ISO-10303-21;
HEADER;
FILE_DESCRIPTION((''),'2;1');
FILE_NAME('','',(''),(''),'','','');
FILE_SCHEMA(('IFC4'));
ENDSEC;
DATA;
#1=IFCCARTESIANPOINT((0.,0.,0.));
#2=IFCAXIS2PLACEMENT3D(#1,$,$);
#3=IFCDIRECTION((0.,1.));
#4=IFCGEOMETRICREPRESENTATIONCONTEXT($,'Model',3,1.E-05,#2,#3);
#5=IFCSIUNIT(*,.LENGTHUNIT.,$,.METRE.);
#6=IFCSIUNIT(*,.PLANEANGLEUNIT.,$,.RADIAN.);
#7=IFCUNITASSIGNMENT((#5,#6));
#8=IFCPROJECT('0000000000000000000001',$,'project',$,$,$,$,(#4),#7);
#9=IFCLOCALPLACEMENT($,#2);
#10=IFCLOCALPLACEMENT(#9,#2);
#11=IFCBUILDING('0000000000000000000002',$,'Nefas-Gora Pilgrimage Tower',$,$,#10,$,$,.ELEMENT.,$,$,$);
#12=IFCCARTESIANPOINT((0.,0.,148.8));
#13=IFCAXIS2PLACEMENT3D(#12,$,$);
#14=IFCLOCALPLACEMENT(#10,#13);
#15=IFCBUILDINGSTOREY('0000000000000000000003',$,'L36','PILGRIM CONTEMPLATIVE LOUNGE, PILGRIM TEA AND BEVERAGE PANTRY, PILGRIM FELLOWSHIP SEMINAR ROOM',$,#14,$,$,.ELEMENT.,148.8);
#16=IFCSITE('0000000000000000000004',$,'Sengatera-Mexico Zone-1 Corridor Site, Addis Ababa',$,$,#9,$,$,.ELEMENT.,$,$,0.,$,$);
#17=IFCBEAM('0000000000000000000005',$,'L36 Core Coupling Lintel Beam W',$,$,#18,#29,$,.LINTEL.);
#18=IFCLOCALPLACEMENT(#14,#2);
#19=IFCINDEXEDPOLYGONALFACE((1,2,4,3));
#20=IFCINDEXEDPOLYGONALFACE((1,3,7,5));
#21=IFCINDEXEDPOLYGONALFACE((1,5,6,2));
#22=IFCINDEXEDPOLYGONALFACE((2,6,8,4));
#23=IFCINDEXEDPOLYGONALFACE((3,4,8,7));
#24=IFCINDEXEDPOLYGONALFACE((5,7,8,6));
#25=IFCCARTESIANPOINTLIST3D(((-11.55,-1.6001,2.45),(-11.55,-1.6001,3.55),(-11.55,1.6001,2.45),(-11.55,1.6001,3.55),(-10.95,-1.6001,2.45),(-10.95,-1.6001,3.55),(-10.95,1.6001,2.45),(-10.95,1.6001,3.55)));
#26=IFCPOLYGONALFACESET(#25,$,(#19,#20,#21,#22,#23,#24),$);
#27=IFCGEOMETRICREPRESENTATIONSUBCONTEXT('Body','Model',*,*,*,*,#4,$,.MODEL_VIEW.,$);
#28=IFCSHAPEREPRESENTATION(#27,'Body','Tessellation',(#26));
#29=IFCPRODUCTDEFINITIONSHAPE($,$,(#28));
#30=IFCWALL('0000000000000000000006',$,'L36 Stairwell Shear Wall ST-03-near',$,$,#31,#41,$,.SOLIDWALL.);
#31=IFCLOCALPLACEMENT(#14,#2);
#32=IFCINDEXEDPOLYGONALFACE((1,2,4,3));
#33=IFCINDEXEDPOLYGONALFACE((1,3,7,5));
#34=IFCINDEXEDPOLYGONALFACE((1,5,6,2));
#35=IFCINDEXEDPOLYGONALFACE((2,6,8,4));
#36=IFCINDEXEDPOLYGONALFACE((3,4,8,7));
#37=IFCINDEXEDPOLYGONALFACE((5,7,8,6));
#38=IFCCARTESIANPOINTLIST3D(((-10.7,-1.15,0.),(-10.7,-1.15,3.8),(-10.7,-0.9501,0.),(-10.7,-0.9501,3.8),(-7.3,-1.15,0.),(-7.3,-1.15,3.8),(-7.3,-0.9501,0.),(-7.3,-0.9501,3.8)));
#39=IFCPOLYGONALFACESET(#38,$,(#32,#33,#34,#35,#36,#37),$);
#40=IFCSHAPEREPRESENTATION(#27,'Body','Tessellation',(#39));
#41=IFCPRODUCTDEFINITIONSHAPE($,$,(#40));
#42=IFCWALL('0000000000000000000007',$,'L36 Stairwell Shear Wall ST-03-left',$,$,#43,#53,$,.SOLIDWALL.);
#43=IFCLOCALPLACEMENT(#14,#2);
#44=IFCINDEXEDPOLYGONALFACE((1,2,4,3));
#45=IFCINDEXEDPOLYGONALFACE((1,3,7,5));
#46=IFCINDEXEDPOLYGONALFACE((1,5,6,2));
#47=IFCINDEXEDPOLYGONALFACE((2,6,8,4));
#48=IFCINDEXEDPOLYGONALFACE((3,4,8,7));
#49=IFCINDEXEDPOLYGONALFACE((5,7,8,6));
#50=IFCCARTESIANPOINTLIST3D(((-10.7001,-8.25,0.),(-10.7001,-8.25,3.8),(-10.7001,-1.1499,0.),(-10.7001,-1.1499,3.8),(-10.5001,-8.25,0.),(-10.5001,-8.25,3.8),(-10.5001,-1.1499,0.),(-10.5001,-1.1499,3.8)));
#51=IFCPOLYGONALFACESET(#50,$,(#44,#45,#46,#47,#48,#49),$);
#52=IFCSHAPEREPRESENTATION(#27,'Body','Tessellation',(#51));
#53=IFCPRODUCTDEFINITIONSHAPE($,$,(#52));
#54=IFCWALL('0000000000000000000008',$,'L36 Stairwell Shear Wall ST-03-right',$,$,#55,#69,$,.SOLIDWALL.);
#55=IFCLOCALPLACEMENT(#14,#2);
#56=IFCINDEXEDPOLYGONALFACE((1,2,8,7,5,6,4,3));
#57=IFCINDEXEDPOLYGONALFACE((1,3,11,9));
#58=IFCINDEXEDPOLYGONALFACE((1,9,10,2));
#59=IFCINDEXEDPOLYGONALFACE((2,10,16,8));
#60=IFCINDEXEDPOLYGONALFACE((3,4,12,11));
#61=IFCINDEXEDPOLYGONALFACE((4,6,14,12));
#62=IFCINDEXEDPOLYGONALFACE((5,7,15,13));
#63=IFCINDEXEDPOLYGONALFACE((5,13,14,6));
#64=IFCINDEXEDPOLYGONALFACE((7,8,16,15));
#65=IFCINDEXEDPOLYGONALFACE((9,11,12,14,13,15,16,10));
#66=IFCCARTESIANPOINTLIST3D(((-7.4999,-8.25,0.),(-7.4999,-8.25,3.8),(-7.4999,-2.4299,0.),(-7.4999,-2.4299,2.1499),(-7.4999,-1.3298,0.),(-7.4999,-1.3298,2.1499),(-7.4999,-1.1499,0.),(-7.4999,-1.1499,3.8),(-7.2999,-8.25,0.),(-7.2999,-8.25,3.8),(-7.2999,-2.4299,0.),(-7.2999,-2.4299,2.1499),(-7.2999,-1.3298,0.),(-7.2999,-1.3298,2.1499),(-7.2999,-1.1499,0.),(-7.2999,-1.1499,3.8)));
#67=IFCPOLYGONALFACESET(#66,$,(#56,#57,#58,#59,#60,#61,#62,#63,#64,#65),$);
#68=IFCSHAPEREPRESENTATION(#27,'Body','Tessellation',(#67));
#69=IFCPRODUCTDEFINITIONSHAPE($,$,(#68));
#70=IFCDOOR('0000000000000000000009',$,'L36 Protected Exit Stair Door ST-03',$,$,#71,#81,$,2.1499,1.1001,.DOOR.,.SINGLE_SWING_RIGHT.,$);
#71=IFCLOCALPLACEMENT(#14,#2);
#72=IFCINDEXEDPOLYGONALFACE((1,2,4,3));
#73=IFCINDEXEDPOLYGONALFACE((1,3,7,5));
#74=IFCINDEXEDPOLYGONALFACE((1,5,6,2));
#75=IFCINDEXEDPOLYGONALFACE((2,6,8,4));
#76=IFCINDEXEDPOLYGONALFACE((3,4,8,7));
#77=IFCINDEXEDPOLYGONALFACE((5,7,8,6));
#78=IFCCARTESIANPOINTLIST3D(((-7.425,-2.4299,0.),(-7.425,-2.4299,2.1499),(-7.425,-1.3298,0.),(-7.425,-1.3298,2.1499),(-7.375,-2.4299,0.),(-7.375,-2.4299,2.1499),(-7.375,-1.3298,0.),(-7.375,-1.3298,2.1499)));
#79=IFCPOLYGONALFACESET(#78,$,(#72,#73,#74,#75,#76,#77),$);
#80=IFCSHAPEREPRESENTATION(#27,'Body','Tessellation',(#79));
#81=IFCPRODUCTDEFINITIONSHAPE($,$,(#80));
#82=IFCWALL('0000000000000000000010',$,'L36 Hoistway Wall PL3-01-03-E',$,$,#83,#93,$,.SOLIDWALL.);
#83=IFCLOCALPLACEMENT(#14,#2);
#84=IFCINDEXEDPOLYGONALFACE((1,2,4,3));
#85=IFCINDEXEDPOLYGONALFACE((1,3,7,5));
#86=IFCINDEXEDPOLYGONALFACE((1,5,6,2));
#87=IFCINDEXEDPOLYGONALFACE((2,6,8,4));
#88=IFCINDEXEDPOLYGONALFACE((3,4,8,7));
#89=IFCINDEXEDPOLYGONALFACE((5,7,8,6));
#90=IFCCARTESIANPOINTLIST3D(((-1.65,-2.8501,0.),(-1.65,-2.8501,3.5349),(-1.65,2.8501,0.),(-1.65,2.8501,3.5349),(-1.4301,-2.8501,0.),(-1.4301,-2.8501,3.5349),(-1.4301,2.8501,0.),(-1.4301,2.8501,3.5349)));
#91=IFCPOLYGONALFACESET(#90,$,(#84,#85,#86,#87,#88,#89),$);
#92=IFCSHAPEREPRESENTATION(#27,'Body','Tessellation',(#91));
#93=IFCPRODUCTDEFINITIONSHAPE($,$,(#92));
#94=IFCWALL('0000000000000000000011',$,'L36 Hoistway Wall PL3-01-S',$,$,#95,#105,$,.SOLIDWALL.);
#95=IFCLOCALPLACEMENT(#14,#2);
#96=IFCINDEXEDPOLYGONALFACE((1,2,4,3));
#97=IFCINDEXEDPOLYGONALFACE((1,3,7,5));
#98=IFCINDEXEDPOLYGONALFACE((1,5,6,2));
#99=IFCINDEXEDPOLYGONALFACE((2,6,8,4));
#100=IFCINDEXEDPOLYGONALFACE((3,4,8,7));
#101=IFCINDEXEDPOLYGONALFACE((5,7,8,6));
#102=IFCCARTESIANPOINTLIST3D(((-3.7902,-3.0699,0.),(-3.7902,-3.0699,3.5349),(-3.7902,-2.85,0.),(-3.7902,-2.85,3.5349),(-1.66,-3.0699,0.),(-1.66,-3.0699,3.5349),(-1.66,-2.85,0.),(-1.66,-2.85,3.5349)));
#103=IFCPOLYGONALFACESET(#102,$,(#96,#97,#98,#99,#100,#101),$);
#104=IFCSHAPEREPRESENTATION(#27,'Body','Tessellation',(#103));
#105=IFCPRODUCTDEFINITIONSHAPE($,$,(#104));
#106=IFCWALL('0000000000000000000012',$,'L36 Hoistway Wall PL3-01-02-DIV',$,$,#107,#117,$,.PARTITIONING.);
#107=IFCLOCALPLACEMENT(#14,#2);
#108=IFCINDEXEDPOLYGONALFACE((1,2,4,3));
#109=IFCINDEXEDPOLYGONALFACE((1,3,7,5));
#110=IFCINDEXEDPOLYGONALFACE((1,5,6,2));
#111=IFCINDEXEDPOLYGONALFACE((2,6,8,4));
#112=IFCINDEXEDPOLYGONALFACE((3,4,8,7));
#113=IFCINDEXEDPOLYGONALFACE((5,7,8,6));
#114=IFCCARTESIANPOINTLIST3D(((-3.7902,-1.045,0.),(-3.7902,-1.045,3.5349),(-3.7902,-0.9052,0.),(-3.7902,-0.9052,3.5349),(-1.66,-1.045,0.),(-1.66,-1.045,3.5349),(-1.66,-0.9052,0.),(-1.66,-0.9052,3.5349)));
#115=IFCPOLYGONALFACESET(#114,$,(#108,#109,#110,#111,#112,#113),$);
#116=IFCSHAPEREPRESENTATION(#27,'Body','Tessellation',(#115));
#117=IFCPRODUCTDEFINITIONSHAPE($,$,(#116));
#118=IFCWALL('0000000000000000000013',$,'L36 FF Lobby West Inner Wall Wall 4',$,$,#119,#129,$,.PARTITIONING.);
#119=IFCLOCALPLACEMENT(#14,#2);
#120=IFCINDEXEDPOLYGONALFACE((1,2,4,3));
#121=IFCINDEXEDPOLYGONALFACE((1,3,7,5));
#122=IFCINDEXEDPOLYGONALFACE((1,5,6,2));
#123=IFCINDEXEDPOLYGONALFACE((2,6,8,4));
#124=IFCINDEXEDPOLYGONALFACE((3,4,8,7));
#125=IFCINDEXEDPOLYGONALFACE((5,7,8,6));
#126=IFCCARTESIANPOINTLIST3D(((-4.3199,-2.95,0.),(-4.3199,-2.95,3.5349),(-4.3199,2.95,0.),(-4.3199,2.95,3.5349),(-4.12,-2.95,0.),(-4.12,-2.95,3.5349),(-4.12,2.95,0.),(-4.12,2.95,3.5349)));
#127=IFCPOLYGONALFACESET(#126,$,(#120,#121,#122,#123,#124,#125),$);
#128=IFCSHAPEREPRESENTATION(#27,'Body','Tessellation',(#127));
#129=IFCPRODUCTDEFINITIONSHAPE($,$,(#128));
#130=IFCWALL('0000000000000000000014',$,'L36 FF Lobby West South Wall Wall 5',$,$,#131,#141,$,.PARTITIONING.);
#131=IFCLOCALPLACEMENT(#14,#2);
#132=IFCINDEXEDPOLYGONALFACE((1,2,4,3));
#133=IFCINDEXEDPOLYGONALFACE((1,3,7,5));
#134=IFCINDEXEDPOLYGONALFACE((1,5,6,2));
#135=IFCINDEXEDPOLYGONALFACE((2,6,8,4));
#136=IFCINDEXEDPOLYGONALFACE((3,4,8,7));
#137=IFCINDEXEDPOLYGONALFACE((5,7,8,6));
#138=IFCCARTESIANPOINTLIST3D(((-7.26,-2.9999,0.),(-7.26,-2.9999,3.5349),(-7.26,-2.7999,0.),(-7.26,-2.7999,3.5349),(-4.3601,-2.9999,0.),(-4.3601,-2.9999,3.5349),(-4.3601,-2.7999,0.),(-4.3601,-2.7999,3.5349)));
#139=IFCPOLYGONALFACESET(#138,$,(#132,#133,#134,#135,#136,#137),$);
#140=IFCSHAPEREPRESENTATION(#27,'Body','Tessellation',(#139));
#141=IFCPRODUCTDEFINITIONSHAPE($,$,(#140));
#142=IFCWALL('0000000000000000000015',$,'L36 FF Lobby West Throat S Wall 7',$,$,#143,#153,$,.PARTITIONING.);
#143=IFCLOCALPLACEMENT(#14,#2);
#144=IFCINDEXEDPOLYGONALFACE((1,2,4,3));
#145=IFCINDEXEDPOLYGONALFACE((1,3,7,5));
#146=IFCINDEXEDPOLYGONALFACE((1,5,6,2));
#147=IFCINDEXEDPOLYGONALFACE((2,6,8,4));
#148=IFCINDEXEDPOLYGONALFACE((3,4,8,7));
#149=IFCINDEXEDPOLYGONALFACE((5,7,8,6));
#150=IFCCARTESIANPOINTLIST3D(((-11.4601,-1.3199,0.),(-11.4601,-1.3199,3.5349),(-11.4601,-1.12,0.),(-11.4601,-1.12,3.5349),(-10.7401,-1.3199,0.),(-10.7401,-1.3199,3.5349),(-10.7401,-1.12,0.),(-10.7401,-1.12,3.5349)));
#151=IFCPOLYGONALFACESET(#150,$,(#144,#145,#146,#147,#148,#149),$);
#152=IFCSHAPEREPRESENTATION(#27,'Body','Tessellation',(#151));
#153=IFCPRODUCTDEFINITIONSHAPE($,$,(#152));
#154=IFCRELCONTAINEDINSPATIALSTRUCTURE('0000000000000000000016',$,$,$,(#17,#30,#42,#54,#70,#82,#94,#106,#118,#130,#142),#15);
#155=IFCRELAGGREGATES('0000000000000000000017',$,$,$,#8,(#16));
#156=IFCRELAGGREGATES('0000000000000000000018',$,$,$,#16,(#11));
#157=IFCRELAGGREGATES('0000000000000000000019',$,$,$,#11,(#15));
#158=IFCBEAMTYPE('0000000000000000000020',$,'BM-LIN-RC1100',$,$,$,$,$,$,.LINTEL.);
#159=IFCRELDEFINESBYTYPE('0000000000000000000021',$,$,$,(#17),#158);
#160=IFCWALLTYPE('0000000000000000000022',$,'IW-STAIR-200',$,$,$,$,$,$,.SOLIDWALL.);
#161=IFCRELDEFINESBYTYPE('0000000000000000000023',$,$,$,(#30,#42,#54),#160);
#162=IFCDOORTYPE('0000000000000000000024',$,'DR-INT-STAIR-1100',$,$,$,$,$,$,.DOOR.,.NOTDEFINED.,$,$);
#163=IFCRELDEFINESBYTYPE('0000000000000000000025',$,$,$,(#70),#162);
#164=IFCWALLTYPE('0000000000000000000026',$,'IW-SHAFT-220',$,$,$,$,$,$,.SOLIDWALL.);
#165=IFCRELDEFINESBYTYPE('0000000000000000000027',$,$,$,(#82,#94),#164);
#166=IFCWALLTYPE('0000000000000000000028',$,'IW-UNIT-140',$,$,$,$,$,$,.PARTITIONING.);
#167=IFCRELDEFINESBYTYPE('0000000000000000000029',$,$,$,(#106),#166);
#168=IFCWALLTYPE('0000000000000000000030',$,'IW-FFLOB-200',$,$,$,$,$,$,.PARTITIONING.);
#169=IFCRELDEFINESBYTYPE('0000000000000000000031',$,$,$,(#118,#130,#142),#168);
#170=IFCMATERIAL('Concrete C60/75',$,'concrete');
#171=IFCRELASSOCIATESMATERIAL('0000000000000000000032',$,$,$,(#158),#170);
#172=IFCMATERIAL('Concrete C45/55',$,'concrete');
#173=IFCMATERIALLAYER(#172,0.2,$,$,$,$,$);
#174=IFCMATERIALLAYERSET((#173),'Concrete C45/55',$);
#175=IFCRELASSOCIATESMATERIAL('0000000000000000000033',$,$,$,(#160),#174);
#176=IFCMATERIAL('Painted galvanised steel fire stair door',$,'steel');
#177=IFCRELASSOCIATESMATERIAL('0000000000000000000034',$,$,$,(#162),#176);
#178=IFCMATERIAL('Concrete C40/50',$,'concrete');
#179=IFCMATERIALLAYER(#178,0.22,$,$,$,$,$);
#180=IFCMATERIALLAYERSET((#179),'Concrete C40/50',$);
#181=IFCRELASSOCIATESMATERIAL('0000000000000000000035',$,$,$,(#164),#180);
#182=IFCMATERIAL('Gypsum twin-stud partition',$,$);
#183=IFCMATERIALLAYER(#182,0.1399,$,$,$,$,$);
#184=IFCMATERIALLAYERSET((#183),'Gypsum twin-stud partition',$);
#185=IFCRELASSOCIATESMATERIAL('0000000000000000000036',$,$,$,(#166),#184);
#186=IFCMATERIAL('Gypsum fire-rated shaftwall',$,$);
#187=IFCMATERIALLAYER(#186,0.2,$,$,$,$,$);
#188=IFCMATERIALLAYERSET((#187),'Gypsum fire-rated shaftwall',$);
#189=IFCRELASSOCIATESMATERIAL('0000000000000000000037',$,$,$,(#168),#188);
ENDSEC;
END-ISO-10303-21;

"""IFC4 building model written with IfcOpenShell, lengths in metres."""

from ifc_helpers import new_model, si_unit, direction, frame, frame_2d, origin, origin_2d, place, context, subcontext, project, spatial, rectangle, extrude, source, transform, mapped, material, layer, layer_set, material_profile, profile_set, type_object, element, fill, save


model = new_model("IFC4")

# Units and contexts
model_context = context("Model", 3, precision=1e-05, world=origin(), true_north=direction((0.0, 1.0)))
body_context = subcontext(model_context, "Body", "Model", "MODEL_VIEW")
ifc_project = project(units=[si_unit("LENGTHUNIT", "METRE"), si_unit("PLANEANGLEUNIT", "RADIAN")], contexts=[model_context])

# Site, building, storey
site_placement = place(None, origin())
site = spatial("IfcSite", under=ifc_project, at=site_placement, Name="Sengatera-Mexico Zone-1 Corridor Site, Addis Ababa", CompositionType="ELEMENT", RefElevation=0.0)
building_placement = place(site_placement, origin())
building = spatial("IfcBuilding", under=site, at=building_placement, Name="Nefas-Gora Pilgrimage Tower", CompositionType="ELEMENT")
storey_placement = place(building_placement, frame((0.0, 0.0, 148.8)))
storey = spatial("IfcBuildingStorey", under=building, at=storey_placement, Name="L36", Description="PILGRIM CONTEMPLATIVE LOUNGE, PILGRIM TEA AND BEVERAGE PANTRY, PILGRIM FELLOWSHIP SEMINAR ROOM", CompositionType="ELEMENT", Elevation=148.8)

# Beam
ifc_material_1 = material(Name="Concrete C60/75", Category="concrete")
ifc_material_profile = material_profile(ifc_material_1, rectangle(XDim=0.6001, YDim=1.1001, at=origin_2d()), Name="RC 600x1100")
ifc_profile_set = profile_set([ifc_material_profile], Name="Concrete C60/75")
beam_type = type_object("IfcBeamType", Name="BM-LIN-RC1100", PredefinedType="LINTEL", material=ifc_profile_set)
shared_shape_1 = source(origin(), body_context, "Body", "SweptSolid", [
    extrude(rectangle(XDim=0.6001, YDim=1.1001, at=origin_2d()), origin(), (0.0, 0.0, 1.0), 3.2002),
])
beam_placement = place(storey_placement, frame((-11.25, -1.6001, 3.0), z_axis=(0.0, 1.0, 0.0), x_axis=(-1.0, 0.0, 0.0)))
element("IfcBeam", 1, at=beam_placement, inside=storey, type_object=beam_type, Name="L36 Core Coupling Lintel Beam W", PredefinedType="LINTEL", context=body_context, shape_type="MappedRepresentation", body=[
    mapped(shared_shape_1, transform((0.0, 0.0, 0.0), x_axis=(1.0, 0.0, 0.0), y_axis=(0.0, 1.0, 0.0), z_axis=(0.0, 0.0, 1.0), scale=1.0)),
])

# Walls
ifc_material_2 = material(Name="Concrete C45/55", Category="concrete")
ifc_layer_1 = layer(ifc_material_2, 0.2)
ifc_layer_set_1 = layer_set([ifc_layer_1], Name="Concrete C45/55")
wall_type_1 = type_object("IfcWallType", Name="IW-STAIR-200", PredefinedType="SOLIDWALL", material=ifc_layer_set_1)
shared_shape_2 = source(origin(), body_context, "Body", "SweptSolid", [
    extrude(rectangle(XDim=3.3999, YDim=0.2, at=frame_2d((1.7, 0.0))), origin(), (0.0, 0.0, 1.0), 3.8),
])
wall_1_placement = place(storey_placement, frame((-10.7, -1.05, 0.0), z_axis=(0.0, 0.0, 1.0), x_axis=(1.0, 0.0, 0.0)))
element("IfcWall", 2, at=wall_1_placement, inside=storey, type_object=wall_type_1, Name="L36 Stairwell Shear Wall ST-03-near", PredefinedType="SOLIDWALL", context=body_context, shape_type="MappedRepresentation", body=[
    mapped(shared_shape_2, transform((0.0, 0.0, 0.0), x_axis=(1.0, 0.0, 0.0), y_axis=(0.0, 1.0, 0.0), z_axis=(0.0, 0.0, 1.0), scale=1.0)),
])
shared_shape_3 = source(origin(), body_context, "Body", "SweptSolid", [
    extrude(rectangle(XDim=7.1001, YDim=0.2, at=frame_2d((3.55, 0.0))), origin(), (0.0, 0.0, 1.0), 3.8),
])
wall_2_placement = place(storey_placement, frame((-10.6001, -1.1499, 0.0), z_axis=(0.0, 0.0, 1.0), x_axis=(0.0, -1.0, 0.0)))
element("IfcWall", 3, at=wall_2_placement, inside=storey, type_object=wall_type_1, Name="L36 Stairwell Shear Wall ST-03-left", PredefinedType="SOLIDWALL", context=body_context, shape_type="MappedRepresentation", body=[
    mapped(shared_shape_3, transform((0.0, 0.0, 0.0), x_axis=(1.0, 0.0, 0.0), y_axis=(0.0, 1.0, 0.0), z_axis=(0.0, 0.0, 1.0), scale=1.0)),
])

# Wall, opening, door
wall_3_placement = place(storey_placement, frame((-7.3999, -1.1499, 0.0), z_axis=(0.0, 0.0, 1.0), x_axis=(0.0, -1.0, 0.0)))
wall_3 = element("IfcWall", 4, at=wall_3_placement, inside=storey, type_object=wall_type_1, Name="L36 Stairwell Shear Wall ST-03-right", PredefinedType="SOLIDWALL", context=body_context, shape_type="MappedRepresentation", body=[
    mapped(shared_shape_3, transform((0.0, 0.0, 0.0), x_axis=(1.0, 0.0, 0.0), y_axis=(0.0, 1.0, 0.0), z_axis=(0.0, 0.0, 1.0), scale=1.0)),
])
opening_placement = place(wall_3_placement, frame((0.1799, 0.0, 0.0)))
opening = element("IfcOpeningElement", 5, at=opening_placement, cuts=wall_3, PredefinedType="OPENING", context=body_context, shape_type="SweptSolid", body=[
    extrude(rectangle(XDim=1.1001, YDim=2.1499, at=frame_2d((0.55, 1.075))), frame((0.0, 0.1099, 0.0), z_axis=(0.0, -1.0, 0.0), x_axis=(1.0, 0.0, 0.0)), (0.0, 0.0, 1.0), 0.22),
])
ifc_material_3 = material(Name="Painted galvanised steel fire stair door", Category="steel")
door_type = type_object("IfcDoorType", Name="DR-INT-STAIR-1100", OperationType="NOTDEFINED", PredefinedType="DOOR", material=ifc_material_3)
shared_shape_4 = source(origin(), body_context, "Body", "SweptSolid", [
    extrude(rectangle(XDim=1.1001, YDim=2.1499, at=frame_2d((0.55, 1.075))), frame((0.0, 0.0249, 0.0), z_axis=(0.0, -1.0, 0.0), x_axis=(1.0, 0.0, 0.0)), (0.0, 0.0, 1.0), 0.05),
])
door_placement = place(opening_placement, origin())
door = element("IfcDoor", 6, at=door_placement, inside=storey, type_object=door_type, Name="L36 Protected Exit Stair Door ST-03", OperationType="SINGLE_SWING_RIGHT", OverallHeight=2.1499, OverallWidth=1.1001, PredefinedType="DOOR", context=body_context, shape_type="MappedRepresentation", body=[
    mapped(shared_shape_4, transform((0.0, 0.0, 0.0), x_axis=(1.0, 0.0, 0.0), y_axis=(0.0, 1.0, 0.0), z_axis=(0.0, 0.0, 1.0), scale=1.0)),
])
fill(opening, door)

# Walls
ifc_material_4 = material(Name="Concrete C40/50", Category="concrete")
ifc_layer_2 = layer(ifc_material_4, 0.22)
ifc_layer_set_2 = layer_set([ifc_layer_2], Name="Concrete C40/50")
wall_type_2 = type_object("IfcWallType", Name="IW-SHAFT-220", PredefinedType="SOLIDWALL", material=ifc_layer_set_2)
shared_shape_5 = source(origin(), body_context, "Body", "SweptSolid", [
    extrude(rectangle(XDim=5.7002, YDim=0.22, at=frame_2d((2.8501, 0.0))), origin(), (0.0, 0.0, 1.0), 3.5349),
])
wall_4_placement = place(storey_placement, frame((-1.54, -2.8501, 0.0), z_axis=(0.0, 0.0, 1.0), x_axis=(0.0, 1.0, 0.0)))
element("IfcWall", 7, at=wall_4_placement, inside=storey, type_object=wall_type_2, Name="L36 Hoistway Wall PL3-01-03-E", PredefinedType="SOLIDWALL", context=body_context, shape_type="MappedRepresentation", body=[
    mapped(shared_shape_5, transform((0.0, 0.0, 0.0), x_axis=(1.0, 0.0, 0.0), y_axis=(0.0, 1.0, 0.0), z_axis=(0.0, 0.0, 1.0), scale=1.0)),
])
shared_shape_6 = source(origin(), body_context, "Body", "SweptSolid", [
    extrude(rectangle(XDim=2.1301, YDim=0.22, at=frame_2d((1.0649, 0.0))), origin(), (0.0, 0.0, 1.0), 3.5349),
])
wall_5_placement = place(storey_placement, frame((-3.79, -2.96, 0.0), z_axis=(0.0, 0.0, 1.0), x_axis=(1.0, 0.0, 0.0)))
element("IfcWall", 8, at=wall_5_placement, inside=storey, type_object=wall_type_2, Name="L36 Hoistway Wall PL3-01-S", PredefinedType="SOLIDWALL", context=body_context, shape_type="MappedRepresentation", body=[
    mapped(shared_shape_6, transform((0.0, 0.0, 0.0), x_axis=(1.0, 0.0, 0.0), y_axis=(0.0, 1.0, 0.0), z_axis=(0.0, 0.0, 1.0), scale=1.0)),
])
ifc_material_5 = material(Name="Gypsum twin-stud partition")
ifc_layer_3 = layer(ifc_material_5, 0.1399)
ifc_layer_set_3 = layer_set([ifc_layer_3], Name="Gypsum twin-stud partition")
wall_type_3 = type_object("IfcWallType", Name="IW-UNIT-140", PredefinedType="PARTITIONING", material=ifc_layer_set_3)
shared_shape_7 = source(origin(), body_context, "Body", "SweptSolid", [
    extrude(rectangle(XDim=2.1301, YDim=0.1399, at=frame_2d((1.0649, 0.0))), origin(), (0.0, 0.0, 1.0), 3.5349),
])
wall_6_placement = place(storey_placement, frame((-3.79, -0.9751, 0.0), z_axis=(0.0, 0.0, 1.0), x_axis=(1.0, 0.0, 0.0)))
element("IfcWall", 9, at=wall_6_placement, inside=storey, type_object=wall_type_3, Name="L36 Hoistway Wall PL3-01-02-DIV", PredefinedType="PARTITIONING", context=body_context, shape_type="MappedRepresentation", body=[
    mapped(shared_shape_7, transform((0.0, 0.0, 0.0), x_axis=(1.0, 0.0, 0.0), y_axis=(0.0, 1.0, 0.0), z_axis=(0.0, 0.0, 1.0), scale=1.0)),
])
ifc_material_6 = material(Name="Gypsum fire-rated shaftwall")
ifc_layer_4 = layer(ifc_material_6, 0.2)
ifc_layer_set_4 = layer_set([ifc_layer_4], Name="Gypsum fire-rated shaftwall")
wall_type_4 = type_object("IfcWallType", Name="IW-FFLOB-200", PredefinedType="PARTITIONING", material=ifc_layer_set_4)
shared_shape_8 = source(origin(), body_context, "Body", "SweptSolid", [
    extrude(rectangle(XDim=5.8999, YDim=0.2, at=frame_2d((2.95, 0.0))), origin(), (0.0, 0.0, 1.0), 3.5349),
])
wall_7_placement = place(storey_placement, frame((-4.22, -2.95, 0.0), z_axis=(0.0, 0.0, 1.0), x_axis=(0.0, 1.0, 0.0)))
element("IfcWall", 10, at=wall_7_placement, inside=storey, type_object=wall_type_4, Name="L36 FF Lobby West Inner Wall Wall 4", PredefinedType="PARTITIONING", context=body_context, shape_type="MappedRepresentation", body=[
    mapped(shared_shape_8, transform((0.0, 0.0, 0.0), x_axis=(1.0, 0.0, 0.0), y_axis=(0.0, 1.0, 0.0), z_axis=(0.0, 0.0, 1.0), scale=1.0)),
])
shared_shape_9 = source(origin(), body_context, "Body", "SweptSolid", [
    extrude(rectangle(XDim=2.8999, YDim=0.2, at=frame_2d((1.45, 0.0))), origin(), (0.0, 0.0, 1.0), 3.5349),
])
wall_8_placement = place(storey_placement, frame((-7.26, -2.8999, 0.0), z_axis=(0.0, 0.0, 1.0), x_axis=(1.0, 0.0, 0.0)))
element("IfcWall", 11, at=wall_8_placement, inside=storey, type_object=wall_type_4, Name="L36 FF Lobby West South Wall Wall 5", PredefinedType="PARTITIONING", context=body_context, shape_type="MappedRepresentation", body=[
    mapped(shared_shape_9, transform((0.0, 0.0, 0.0), x_axis=(1.0, 0.0, 0.0), y_axis=(0.0, 1.0, 0.0), z_axis=(0.0, 0.0, 1.0), scale=1.0)),
])
shared_shape_10 = source(origin(), body_context, "Body", "SweptSolid", [
    extrude(rectangle(XDim=0.72, YDim=0.2, at=frame_2d((0.3599, 0.0))), origin(), (0.0, 0.0, 1.0), 3.5349),
])
wall_9_placement = place(storey_placement, frame((-11.46, -1.22, 0.0), z_axis=(0.0, 0.0, 1.0), x_axis=(1.0, 0.0, 0.0)))
element("IfcWall", 12, at=wall_9_placement, inside=storey, type_object=wall_type_4, Name="L36 FF Lobby West Throat S Wall 7", PredefinedType="PARTITIONING", context=body_context, shape_type="MappedRepresentation", body=[
    mapped(shared_shape_10, transform((0.0, 0.0, 0.0), x_axis=(1.0, 0.0, 0.0), y_axis=(0.0, 1.0, 0.0), z_axis=(0.0, 0.0, 1.0), scale=1.0)),
])

save(model, "model.ifc")
